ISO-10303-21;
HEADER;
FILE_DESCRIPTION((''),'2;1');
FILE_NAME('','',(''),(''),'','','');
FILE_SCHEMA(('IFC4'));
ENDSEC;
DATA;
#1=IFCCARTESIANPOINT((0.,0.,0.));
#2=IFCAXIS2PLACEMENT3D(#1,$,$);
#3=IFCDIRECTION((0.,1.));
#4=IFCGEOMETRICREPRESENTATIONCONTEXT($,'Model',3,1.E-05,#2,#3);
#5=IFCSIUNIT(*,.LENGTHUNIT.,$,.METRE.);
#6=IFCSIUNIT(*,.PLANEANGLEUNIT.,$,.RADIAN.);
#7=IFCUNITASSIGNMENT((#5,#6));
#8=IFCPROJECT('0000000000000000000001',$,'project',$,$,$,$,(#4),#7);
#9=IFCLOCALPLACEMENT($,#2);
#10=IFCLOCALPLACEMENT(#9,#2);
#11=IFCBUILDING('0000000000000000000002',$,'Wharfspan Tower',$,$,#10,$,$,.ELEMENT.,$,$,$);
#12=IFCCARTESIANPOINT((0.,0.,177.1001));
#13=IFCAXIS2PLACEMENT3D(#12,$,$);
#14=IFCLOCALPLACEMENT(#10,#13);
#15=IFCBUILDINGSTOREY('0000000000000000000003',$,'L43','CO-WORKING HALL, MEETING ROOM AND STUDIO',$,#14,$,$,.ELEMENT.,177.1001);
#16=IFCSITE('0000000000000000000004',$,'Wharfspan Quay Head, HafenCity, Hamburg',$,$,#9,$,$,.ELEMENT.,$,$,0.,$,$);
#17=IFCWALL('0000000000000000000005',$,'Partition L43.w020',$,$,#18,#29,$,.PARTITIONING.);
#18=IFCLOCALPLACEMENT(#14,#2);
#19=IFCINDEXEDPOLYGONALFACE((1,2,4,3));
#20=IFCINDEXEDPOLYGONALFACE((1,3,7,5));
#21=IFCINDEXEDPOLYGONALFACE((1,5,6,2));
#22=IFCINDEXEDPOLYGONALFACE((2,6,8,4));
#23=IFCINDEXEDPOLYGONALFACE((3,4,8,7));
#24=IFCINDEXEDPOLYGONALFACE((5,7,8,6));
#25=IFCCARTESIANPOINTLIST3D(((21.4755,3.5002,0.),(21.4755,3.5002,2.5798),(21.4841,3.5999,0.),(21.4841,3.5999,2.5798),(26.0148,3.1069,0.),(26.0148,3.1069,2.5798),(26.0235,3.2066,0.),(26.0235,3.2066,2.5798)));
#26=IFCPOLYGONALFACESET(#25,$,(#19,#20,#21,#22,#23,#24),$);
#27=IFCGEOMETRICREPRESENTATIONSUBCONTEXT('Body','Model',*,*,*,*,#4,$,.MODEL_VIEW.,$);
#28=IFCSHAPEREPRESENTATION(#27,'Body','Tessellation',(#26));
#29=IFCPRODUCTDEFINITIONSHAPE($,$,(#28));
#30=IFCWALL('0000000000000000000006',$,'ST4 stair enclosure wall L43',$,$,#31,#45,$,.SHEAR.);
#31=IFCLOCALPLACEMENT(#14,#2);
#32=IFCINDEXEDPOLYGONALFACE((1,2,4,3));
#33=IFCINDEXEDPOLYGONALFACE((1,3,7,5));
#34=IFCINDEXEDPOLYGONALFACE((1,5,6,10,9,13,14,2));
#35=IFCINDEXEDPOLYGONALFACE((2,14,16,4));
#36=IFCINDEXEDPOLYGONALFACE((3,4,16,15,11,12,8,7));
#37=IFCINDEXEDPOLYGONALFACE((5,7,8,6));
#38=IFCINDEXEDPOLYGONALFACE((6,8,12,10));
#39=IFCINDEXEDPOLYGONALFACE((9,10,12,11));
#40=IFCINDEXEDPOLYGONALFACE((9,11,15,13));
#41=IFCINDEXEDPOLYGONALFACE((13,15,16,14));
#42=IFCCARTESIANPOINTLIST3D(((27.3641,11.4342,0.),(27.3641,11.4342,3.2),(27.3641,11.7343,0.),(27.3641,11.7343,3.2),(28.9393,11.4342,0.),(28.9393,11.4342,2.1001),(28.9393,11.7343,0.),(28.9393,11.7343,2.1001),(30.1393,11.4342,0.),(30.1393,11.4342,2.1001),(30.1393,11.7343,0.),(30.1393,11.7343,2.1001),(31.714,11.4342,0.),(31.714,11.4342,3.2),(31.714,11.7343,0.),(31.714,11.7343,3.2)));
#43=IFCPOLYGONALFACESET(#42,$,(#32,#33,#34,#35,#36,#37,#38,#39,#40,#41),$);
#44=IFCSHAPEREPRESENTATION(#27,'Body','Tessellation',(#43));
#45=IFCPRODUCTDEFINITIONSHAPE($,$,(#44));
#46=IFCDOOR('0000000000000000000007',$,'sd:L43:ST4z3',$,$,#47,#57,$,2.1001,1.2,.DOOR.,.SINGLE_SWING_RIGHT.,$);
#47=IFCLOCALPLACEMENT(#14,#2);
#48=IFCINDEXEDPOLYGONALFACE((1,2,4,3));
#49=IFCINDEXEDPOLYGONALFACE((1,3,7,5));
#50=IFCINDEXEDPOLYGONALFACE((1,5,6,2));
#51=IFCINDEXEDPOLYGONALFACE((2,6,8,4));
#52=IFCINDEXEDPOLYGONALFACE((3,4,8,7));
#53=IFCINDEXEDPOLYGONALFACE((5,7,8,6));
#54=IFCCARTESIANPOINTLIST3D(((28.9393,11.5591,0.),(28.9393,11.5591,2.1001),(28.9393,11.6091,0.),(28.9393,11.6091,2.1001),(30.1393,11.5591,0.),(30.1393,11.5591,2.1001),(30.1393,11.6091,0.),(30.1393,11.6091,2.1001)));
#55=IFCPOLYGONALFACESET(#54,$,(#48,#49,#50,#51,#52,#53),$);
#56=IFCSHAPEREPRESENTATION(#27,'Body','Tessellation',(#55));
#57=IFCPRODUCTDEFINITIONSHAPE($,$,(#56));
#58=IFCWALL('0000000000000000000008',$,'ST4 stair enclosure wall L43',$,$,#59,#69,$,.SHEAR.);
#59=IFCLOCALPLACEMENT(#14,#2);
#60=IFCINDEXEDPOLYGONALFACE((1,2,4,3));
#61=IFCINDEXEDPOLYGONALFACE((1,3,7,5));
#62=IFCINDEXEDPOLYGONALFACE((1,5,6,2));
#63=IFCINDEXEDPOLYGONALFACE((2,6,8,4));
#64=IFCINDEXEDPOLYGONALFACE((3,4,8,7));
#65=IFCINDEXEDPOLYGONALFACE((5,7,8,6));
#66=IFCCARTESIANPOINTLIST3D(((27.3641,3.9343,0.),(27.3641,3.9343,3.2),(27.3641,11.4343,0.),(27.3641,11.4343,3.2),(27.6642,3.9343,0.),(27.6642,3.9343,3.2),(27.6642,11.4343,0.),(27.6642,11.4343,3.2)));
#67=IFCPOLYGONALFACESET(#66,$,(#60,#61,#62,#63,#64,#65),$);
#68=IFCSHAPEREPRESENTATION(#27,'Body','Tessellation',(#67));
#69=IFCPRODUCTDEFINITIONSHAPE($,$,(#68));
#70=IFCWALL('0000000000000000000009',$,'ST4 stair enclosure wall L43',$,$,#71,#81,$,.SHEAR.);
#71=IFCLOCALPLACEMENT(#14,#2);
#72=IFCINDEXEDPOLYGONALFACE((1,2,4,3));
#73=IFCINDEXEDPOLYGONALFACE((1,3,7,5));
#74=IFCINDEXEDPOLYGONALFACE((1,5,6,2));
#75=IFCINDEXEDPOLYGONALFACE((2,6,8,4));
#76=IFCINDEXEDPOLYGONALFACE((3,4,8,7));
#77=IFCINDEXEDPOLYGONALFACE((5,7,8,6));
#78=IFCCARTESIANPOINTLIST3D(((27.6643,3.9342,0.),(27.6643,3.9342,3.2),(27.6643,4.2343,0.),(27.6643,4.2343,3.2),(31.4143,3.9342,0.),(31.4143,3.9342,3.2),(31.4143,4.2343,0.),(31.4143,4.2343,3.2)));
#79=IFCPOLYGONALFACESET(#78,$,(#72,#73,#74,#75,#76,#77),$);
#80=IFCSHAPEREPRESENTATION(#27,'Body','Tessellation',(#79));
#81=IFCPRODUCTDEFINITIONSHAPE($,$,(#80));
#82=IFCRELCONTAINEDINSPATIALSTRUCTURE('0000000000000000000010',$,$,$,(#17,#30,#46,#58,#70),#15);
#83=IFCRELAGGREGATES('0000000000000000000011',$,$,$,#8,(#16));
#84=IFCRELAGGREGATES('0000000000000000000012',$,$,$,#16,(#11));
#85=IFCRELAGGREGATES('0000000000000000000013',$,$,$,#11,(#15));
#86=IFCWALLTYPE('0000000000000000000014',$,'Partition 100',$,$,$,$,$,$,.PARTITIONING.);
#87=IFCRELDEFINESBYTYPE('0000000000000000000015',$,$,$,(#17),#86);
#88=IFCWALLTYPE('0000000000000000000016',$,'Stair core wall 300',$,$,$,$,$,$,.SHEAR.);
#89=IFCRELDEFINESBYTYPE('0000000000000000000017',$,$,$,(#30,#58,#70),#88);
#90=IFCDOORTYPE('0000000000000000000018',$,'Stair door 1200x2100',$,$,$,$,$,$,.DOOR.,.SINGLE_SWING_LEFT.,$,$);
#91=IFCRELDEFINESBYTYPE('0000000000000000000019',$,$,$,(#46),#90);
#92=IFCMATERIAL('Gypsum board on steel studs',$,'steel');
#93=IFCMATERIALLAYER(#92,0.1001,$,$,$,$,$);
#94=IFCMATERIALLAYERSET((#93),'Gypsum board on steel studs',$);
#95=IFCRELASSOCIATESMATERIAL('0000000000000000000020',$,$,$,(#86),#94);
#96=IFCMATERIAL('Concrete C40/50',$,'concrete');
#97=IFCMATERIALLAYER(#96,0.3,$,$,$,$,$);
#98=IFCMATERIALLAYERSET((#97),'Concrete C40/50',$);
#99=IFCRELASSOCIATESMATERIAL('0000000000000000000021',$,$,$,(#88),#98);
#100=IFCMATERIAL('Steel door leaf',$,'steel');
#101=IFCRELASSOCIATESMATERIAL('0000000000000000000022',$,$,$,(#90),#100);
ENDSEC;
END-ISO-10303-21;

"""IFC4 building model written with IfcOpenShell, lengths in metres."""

from ifc_helpers import new_model, si_unit, direction, frame, frame_2d, origin, place, context, subcontext, project, spatial, rectangle, extrude, material, layer, layer_set, type_object, element, fill, save


model = new_model("IFC4")

# Units and contexts
model_context = context("Model", 3, precision=1e-05, world=origin(), true_north=direction((0.0, 1.0)))
body_context = subcontext(model_context, "Body", "Model", "MODEL_VIEW")
ifc_project = project(units=[si_unit("LENGTHUNIT", "METRE"), si_unit("PLANEANGLEUNIT", "RADIAN")], contexts=[model_context])

# Site, building, storey
site_placement = place(None, origin())
site = spatial("IfcSite", under=ifc_project, at=site_placement, Name="Wharfspan Quay Head, HafenCity, Hamburg", CompositionType="ELEMENT", RefElevation=0.0)
building_placement = place(site_placement, origin())
building = spatial("IfcBuilding", under=site, at=building_placement, Name="Wharfspan Tower", CompositionType="ELEMENT")
storey_placement = place(building_placement, frame((0.0, 0.0, 177.1001)))
storey = spatial("IfcBuildingStorey", under=building, at=storey_placement, Name="L43", Description="CO-WORKING HALL, MEETING ROOM AND STUDIO", CompositionType="ELEMENT", Elevation=177.1001)

# Shared definitions
ifc_material_1 = material(Name="Gypsum board on steel studs", Category="steel")

# Shared definitions
ifc_layer_1 = layer(ifc_material_1, 0.1001)
ifc_layer_set_1 = layer_set([ifc_layer_1], Name="Gypsum board on steel studs")
wall_type_1 = type_object("IfcWallType", Name="Partition 100", PredefinedType="PARTITIONING", material=ifc_layer_set_1)

# Wall
wall_1_placement = place(storey_placement, frame((26.0193, 3.1567, 0.0), z_axis=(0.0, 0.0, 1.0), x_axis=(-0.996266, 0.086322, 0.0)))
element("IfcWall", 1, at=wall_1_placement, inside=storey, type_object=wall_type_1, Name="Partition L43.w020", PredefinedType="PARTITIONING", context=body_context, shape_type="SweptSolid", body=[
    extrude(rectangle(XDim=4.5564, YDim=0.1001, at=frame_2d((2.2783, 0.0))), origin(), (0.0, 0.0, 1.0), 2.5798),
])

# Wall, opening, door
ifc_material_2 = material(Name="Concrete C40/50", Category="concrete")
ifc_layer_2 = layer(ifc_material_2, 0.3)
ifc_layer_set_2 = layer_set([ifc_layer_2], Name="Concrete C40/50")
wall_type_2 = type_object("IfcWallType", Name="Stair core wall 300", PredefinedType="SHEAR", material=ifc_layer_set_2)
wall_2_placement = place(storey_placement, frame((27.3643, 11.5842, 0.0), z_axis=(0.0, 0.0, 1.0), x_axis=(1.0, 0.0, 0.0)))
wall_2 = element("IfcWall", 2, at=wall_2_placement, inside=storey, type_object=wall_type_2, Name="ST4 stair enclosure wall L43", PredefinedType="SHEAR", context=body_context, shape_type="SweptSolid", body=[
    extrude(rectangle(XDim=4.3499, YDim=0.3, at=frame_2d((2.1748, 0.0))), origin(), (0.0, 0.0, 1.0), 3.2),
])
opening_1_placement = place(wall_2_placement, frame((1.575, 0.0, 0.0)))
opening_1 = element("IfcOpeningElement", 3, at=opening_1_placement, cuts=wall_2, PredefinedType="OPENING", context=body_context, shape_type="SweptSolid", body=[
    extrude(rectangle(XDim=1.2, YDim=2.1001, at=frame_2d((0.6001, 1.05))), frame((0.0, 0.1599, 0.0), z_axis=(0.0, -1.0, 0.0), x_axis=(1.0, 0.0, 0.0)), (0.0, 0.0, 1.0), 0.3201),
])
ifc_material_3 = material(Name="Steel door leaf", Category="steel")
door_type_1 = type_object("IfcDoorType", Name="Stair door 1200x2100", OperationType="SINGLE_SWING_LEFT", PredefinedType="DOOR", material=ifc_material_3)
door_1_placement = place(opening_1_placement, origin())
door_1 = element("IfcDoor", 4, at=door_1_placement, inside=storey, type_object=door_type_1, Name="sd:L43:ST4z3", OperationType="SINGLE_SWING_RIGHT", OverallHeight=2.1001, OverallWidth=1.2, PredefinedType="DOOR", context=body_context, shape_type="SweptSolid", body=[
    extrude(rectangle(XDim=1.2, YDim=2.1001, at=frame_2d((0.6001, 1.05))), frame((0.0, 0.0249, 0.0), z_axis=(0.0, -1.0, 0.0), x_axis=(1.0, 0.0, 0.0)), (0.0, 0.0, 1.0), 0.05),
])
fill(opening_1, door_1)

# Walls
wall_3_placement = place(storey_placement, frame((27.5142, 3.9343, 0.0), z_axis=(0.0, 0.0, 1.0), x_axis=(0.0, 1.0, 0.0)))
element("IfcWall", 5, at=wall_3_placement, inside=storey, type_object=wall_type_2, Name="ST4 stair enclosure wall L43", PredefinedType="SHEAR", context=body_context, shape_type="SweptSolid", body=[
    extrude(rectangle(XDim=7.5, YDim=0.3, at=frame_2d((3.75, 0.0))), origin(), (0.0, 0.0, 1.0), 3.2),
])
wall_4_placement = place(storey_placement, frame((27.6643, 4.0842, 0.0), z_axis=(0.0, 0.0, 1.0), x_axis=(1.0, 0.0, 0.0)))
element("IfcWall", 6, at=wall_4_placement, inside=storey, type_object=wall_type_2, Name="ST4 stair enclosure wall L43", PredefinedType="SHEAR", context=body_context, shape_type="SweptSolid", body=[
    extrude(rectangle(XDim=3.75, YDim=0.3, at=frame_2d((1.875, 0.0))), origin(), (0.0, 0.0, 1.0), 3.2),
])

save(model, "model.ifc")
